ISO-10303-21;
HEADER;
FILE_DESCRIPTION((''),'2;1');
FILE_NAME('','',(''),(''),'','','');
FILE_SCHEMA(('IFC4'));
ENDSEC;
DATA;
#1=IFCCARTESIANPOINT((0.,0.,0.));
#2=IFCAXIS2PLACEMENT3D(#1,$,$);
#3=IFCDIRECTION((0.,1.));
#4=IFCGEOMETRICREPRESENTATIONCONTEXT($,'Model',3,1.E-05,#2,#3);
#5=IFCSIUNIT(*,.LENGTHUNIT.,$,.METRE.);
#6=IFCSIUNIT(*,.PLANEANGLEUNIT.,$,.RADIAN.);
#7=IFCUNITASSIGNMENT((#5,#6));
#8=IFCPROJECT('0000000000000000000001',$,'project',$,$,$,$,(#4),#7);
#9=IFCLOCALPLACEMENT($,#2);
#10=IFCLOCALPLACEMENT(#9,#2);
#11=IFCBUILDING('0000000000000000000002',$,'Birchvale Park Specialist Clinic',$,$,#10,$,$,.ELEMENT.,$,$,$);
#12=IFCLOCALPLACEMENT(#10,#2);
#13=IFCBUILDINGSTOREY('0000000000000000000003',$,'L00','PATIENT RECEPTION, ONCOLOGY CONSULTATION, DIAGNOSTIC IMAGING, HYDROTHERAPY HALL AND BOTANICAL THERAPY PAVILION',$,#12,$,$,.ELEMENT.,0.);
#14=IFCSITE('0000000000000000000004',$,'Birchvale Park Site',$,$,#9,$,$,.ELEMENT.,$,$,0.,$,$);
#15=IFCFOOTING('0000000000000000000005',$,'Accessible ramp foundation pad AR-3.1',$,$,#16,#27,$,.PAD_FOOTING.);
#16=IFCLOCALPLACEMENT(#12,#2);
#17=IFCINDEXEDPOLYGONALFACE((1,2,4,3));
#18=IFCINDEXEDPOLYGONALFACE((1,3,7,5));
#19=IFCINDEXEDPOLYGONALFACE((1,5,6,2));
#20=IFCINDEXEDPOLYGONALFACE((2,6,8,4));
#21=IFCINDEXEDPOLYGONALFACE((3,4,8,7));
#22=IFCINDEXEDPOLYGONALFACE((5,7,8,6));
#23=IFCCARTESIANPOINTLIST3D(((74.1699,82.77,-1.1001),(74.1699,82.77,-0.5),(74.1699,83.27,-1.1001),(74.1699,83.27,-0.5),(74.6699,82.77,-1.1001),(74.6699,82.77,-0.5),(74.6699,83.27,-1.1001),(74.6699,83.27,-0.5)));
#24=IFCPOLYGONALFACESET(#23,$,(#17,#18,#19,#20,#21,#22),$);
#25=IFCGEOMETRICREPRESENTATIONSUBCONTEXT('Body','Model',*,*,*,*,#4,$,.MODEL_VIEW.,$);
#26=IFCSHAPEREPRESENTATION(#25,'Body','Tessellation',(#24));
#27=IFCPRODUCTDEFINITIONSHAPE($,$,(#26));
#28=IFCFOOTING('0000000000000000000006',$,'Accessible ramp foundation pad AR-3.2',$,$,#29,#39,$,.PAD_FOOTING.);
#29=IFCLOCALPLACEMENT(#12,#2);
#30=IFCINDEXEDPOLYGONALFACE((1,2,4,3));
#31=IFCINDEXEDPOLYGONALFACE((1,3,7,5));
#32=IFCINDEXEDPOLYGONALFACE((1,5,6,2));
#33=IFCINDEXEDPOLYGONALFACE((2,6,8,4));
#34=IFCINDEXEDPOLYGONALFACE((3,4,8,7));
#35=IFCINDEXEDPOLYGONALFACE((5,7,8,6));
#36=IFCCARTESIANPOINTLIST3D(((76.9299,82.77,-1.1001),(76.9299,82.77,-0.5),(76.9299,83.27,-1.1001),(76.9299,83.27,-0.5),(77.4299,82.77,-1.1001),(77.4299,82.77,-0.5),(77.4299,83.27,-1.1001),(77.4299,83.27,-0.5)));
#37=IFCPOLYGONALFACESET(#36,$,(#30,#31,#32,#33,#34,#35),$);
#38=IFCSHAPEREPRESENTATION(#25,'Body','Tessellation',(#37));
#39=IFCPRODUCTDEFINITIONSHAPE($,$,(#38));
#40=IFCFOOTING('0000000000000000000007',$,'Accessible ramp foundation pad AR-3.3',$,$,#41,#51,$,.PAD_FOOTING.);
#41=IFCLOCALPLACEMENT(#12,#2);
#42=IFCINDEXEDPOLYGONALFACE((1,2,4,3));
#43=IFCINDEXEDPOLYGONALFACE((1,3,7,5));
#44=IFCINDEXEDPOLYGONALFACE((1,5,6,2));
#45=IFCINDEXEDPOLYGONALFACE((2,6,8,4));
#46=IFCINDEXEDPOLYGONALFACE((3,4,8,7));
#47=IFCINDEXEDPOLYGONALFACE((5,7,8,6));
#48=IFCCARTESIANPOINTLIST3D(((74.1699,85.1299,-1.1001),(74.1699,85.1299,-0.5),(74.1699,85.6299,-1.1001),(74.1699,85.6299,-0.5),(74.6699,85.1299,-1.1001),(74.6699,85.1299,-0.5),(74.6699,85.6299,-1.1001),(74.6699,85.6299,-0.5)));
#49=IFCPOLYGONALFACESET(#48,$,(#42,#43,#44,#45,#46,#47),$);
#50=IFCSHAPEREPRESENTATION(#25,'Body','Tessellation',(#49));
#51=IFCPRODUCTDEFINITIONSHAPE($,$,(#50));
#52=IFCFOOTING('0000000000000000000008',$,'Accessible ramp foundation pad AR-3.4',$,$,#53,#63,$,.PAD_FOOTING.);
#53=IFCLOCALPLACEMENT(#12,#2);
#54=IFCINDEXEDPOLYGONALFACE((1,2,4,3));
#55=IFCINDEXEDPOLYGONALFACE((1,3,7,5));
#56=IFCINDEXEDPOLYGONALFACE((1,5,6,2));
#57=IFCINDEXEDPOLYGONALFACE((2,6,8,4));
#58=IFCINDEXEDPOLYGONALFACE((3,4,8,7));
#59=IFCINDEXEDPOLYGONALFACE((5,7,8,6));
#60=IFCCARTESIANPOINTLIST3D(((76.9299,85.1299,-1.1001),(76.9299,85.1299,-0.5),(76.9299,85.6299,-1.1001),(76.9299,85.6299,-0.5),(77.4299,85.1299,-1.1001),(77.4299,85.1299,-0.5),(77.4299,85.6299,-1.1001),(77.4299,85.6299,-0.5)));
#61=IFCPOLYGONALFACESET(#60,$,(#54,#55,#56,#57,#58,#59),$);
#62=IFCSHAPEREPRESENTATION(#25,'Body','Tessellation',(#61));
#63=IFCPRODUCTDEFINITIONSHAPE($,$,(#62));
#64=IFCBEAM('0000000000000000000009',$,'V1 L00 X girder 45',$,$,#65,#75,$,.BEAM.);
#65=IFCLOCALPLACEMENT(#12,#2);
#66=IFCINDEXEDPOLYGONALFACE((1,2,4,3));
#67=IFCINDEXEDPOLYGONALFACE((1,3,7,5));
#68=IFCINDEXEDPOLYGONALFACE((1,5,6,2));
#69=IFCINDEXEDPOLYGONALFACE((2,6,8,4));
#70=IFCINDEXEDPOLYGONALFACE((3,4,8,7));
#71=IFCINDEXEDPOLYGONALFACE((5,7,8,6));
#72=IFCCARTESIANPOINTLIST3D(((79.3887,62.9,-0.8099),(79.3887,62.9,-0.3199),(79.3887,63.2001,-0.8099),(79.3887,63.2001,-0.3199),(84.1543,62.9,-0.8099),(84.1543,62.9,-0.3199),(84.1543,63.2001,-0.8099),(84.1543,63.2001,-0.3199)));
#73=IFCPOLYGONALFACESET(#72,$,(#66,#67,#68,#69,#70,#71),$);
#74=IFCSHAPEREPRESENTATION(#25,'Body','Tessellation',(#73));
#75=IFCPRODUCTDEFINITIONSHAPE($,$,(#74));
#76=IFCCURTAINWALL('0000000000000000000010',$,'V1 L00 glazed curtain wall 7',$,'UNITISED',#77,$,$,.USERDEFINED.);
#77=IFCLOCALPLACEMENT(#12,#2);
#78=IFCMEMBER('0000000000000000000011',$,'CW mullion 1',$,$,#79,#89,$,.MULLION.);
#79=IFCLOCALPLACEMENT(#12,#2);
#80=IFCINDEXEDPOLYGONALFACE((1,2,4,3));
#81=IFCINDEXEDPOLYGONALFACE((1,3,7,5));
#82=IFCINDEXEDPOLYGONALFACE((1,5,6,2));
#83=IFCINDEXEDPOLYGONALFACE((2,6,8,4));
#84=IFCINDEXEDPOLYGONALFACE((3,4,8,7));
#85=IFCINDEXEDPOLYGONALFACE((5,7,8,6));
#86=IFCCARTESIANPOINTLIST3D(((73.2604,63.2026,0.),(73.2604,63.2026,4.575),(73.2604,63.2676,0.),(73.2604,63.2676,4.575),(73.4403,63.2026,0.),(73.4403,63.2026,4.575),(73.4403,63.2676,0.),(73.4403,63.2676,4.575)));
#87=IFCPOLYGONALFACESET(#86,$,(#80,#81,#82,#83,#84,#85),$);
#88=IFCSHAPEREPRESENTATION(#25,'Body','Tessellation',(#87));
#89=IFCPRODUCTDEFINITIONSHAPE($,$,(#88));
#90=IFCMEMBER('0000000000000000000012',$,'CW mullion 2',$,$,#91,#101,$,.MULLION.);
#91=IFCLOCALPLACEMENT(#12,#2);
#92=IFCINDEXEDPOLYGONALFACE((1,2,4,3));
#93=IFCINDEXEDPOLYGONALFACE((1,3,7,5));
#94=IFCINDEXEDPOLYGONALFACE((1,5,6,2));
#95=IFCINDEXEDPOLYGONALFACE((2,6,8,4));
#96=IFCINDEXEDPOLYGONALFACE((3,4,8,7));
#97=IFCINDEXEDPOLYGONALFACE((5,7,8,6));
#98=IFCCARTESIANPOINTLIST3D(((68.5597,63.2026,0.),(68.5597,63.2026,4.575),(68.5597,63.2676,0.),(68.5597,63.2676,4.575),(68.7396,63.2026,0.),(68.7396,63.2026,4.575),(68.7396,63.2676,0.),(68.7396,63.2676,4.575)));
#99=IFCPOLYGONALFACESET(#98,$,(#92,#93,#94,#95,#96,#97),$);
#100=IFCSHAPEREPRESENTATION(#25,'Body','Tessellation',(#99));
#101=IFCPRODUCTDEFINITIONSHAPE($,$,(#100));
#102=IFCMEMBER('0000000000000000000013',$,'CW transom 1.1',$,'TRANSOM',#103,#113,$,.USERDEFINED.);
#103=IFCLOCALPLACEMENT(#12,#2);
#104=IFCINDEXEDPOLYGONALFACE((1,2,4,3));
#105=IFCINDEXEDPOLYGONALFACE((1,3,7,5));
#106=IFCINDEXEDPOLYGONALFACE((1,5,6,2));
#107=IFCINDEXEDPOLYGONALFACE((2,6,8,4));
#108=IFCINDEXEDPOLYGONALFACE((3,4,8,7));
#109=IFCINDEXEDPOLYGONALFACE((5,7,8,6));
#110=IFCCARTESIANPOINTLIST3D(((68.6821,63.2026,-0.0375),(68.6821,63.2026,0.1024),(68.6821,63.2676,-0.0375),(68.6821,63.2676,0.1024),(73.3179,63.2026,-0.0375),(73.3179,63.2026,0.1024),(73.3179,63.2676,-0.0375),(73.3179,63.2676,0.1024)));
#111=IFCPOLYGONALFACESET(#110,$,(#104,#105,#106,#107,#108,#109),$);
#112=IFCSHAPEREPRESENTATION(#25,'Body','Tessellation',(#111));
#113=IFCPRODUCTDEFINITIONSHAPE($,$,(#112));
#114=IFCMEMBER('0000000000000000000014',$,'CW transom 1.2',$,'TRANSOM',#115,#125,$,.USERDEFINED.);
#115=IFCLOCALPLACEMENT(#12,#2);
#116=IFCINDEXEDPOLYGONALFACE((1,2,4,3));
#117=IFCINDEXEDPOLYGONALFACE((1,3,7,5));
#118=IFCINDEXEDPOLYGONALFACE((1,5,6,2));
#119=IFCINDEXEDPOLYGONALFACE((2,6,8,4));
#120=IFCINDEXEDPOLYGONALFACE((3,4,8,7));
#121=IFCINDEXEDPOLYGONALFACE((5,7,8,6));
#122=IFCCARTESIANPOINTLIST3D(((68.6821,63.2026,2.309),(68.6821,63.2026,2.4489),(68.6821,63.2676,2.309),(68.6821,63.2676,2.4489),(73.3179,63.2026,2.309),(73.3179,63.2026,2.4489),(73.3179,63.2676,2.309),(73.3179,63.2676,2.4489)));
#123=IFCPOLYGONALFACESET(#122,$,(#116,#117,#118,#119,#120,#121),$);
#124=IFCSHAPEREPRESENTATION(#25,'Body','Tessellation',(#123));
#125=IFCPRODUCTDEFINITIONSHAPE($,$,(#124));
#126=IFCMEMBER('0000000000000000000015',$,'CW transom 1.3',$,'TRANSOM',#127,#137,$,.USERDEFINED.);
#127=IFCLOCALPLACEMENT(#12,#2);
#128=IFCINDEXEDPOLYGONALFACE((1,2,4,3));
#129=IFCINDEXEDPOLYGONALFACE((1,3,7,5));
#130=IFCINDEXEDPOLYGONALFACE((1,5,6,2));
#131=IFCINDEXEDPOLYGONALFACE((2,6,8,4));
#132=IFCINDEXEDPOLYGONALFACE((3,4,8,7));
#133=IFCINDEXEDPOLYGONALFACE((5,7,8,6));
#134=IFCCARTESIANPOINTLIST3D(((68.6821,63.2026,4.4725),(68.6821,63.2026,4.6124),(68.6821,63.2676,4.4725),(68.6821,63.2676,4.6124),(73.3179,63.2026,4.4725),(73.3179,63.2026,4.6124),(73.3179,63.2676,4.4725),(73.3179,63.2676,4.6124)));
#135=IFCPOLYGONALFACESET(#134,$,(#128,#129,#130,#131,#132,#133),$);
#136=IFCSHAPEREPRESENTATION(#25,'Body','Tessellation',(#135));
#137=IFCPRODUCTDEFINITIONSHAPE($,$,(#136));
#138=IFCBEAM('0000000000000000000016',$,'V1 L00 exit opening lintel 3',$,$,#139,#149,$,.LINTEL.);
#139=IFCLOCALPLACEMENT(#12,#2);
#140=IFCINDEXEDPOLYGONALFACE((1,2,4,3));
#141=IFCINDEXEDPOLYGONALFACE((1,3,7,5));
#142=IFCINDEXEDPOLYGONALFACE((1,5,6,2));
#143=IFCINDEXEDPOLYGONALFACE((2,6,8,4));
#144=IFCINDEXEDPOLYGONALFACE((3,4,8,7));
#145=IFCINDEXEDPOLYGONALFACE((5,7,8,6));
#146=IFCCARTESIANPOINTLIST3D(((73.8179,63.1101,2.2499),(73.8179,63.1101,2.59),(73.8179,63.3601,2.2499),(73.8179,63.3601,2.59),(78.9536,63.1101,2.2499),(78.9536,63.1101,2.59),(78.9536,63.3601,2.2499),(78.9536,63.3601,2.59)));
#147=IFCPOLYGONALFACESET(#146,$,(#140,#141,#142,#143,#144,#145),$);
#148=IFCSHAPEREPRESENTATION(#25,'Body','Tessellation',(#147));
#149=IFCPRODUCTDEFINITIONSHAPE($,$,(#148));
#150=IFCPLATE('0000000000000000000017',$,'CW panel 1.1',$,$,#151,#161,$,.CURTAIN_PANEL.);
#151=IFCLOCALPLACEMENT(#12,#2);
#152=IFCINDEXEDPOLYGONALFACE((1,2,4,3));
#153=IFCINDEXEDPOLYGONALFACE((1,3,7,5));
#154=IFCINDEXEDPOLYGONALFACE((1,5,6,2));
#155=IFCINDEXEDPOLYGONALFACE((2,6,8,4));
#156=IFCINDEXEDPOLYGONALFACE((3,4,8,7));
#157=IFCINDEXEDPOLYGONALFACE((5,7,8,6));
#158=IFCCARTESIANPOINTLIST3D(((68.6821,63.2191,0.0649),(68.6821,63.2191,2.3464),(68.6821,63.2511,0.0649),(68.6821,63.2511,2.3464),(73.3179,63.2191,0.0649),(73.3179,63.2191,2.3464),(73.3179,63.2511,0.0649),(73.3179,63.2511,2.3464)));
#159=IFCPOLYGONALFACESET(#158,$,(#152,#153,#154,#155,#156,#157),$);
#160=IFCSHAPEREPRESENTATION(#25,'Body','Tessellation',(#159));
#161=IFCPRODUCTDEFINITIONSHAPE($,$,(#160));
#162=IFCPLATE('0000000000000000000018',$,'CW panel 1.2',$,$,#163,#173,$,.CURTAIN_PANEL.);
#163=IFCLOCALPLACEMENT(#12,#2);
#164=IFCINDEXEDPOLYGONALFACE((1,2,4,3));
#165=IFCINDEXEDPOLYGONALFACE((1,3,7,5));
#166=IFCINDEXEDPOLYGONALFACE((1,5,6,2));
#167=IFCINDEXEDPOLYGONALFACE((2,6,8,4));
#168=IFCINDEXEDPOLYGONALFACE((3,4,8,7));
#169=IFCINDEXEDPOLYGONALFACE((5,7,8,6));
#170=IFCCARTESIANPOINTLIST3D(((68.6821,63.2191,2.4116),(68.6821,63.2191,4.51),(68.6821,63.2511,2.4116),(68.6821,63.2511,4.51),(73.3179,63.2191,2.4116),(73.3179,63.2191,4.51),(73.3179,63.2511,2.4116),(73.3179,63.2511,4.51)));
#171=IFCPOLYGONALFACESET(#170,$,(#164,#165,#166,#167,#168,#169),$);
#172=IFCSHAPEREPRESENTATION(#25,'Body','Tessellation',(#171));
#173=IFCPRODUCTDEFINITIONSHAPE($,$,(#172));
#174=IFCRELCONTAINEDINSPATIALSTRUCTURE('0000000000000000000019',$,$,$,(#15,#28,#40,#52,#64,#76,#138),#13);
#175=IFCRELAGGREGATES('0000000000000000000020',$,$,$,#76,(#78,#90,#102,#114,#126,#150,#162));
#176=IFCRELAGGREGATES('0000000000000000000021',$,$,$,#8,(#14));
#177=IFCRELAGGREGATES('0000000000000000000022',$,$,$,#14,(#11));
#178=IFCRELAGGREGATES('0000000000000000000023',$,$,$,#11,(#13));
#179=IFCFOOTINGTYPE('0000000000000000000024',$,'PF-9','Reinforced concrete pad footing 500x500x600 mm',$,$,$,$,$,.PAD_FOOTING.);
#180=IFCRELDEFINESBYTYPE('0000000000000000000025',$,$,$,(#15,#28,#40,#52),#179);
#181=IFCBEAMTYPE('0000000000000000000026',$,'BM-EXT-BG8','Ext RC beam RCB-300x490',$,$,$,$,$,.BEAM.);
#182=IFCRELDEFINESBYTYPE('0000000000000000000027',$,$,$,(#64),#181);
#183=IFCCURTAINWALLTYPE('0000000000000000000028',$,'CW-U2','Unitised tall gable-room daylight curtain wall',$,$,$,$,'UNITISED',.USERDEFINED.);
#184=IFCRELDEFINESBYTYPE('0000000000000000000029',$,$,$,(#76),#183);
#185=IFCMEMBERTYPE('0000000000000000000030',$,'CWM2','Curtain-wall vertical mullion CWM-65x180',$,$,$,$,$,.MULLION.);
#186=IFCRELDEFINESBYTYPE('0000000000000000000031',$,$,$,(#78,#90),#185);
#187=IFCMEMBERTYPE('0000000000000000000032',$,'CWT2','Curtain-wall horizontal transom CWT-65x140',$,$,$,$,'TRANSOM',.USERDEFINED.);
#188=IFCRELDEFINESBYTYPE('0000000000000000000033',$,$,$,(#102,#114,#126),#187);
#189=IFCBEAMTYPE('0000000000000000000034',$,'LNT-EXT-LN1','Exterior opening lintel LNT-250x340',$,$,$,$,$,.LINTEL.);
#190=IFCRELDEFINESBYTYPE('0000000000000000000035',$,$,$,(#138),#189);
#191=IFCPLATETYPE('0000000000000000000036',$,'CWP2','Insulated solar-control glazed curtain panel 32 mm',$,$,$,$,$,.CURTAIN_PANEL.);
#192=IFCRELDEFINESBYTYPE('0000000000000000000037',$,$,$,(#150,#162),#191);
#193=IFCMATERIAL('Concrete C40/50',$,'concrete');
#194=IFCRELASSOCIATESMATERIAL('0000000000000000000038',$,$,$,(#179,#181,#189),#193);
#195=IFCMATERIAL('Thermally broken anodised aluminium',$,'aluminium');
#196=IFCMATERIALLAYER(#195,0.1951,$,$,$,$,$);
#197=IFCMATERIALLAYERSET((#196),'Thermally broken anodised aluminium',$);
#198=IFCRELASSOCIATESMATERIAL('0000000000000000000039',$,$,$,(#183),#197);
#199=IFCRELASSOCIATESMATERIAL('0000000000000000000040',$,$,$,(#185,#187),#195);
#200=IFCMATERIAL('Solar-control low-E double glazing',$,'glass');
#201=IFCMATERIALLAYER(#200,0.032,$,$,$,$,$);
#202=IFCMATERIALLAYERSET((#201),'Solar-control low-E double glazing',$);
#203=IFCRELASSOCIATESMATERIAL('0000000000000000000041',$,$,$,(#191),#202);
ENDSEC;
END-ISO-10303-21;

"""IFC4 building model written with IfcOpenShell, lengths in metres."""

from ifc_helpers import new_model, si_unit, direction, frame, origin, origin_2d, place, context, subcontext, project, spatial, rectangle, extrude, material, layer, layer_set, material_profile, profile_set, type_object, element, aggregate, save


model = new_model("IFC4")

# Units and contexts
model_context = context("Model", 3, precision=1e-05, world=origin(), true_north=direction((0.0, 1.0)))
body_context = subcontext(model_context, "Body", "Model", "MODEL_VIEW")
ifc_project = project(units=[si_unit("LENGTHUNIT", "METRE"), si_unit("PLANEANGLEUNIT", "RADIAN")], contexts=[model_context])

# Site, building, storey
site_placement = place(None, origin())
site = spatial("IfcSite", under=ifc_project, at=site_placement, Name="Birchvale Park Site", CompositionType="ELEMENT", RefElevation=0.0)
building_placement = place(site_placement, origin())
building = spatial("IfcBuilding", under=site, at=building_placement, Name="Birchvale Park Specialist Clinic", CompositionType="ELEMENT")
storey_placement = place(building_placement, origin())
storey = spatial("IfcBuildingStorey", under=building, at=storey_placement, Name="L00", Description="PATIENT RECEPTION, ONCOLOGY CONSULTATION, DIAGNOSTIC IMAGING, HYDROTHERAPY HALL AND BOTANICAL THERAPY PAVILION", CompositionType="ELEMENT", Elevation=0.0)

# Footings
ifc_material_1 = material(Name="Concrete C40/50", Category="concrete")
footing_type = type_object("IfcFootingType", Name="PF-9", Description="Reinforced concrete pad footing 500x500x600 mm", PredefinedType="PAD_FOOTING", material=ifc_material_1)
for number, where, z_axis, x_axis, name in (
    (1, (74.4199, 83.02, -1.1001), (0.0, 0.0, 1.0), (1.0, 0.0, 0.0), "Accessible ramp foundation pad AR-3.1"),
    (2, (77.1799, 83.02, -1.1001), (0.0, 0.0, 1.0), (1.0, 0.0, 0.0), "Accessible ramp foundation pad AR-3.2"),
    (3, (74.4199, 85.3799, -1.1001), (0.0, 0.0, 1.0), (1.0, 0.0, 0.0), "Accessible ramp foundation pad AR-3.3"),
    (4, (77.1799, 85.3799, -1.1001), (0.0, 0.0, 1.0), (1.0, 0.0, 0.0), "Accessible ramp foundation pad AR-3.4"),
):
    element("IfcFooting", number, at=place(storey_placement, frame(where, z_axis=z_axis, x_axis=x_axis)), inside=storey, type_object=footing_type, Name=name, PredefinedType="PAD_FOOTING", context=body_context, shape_type="SweptSolid", body=[
        extrude(rectangle(XDim=0.5, YDim=0.5, at=origin_2d()), origin(), (0.0, 0.0, 1.0), 0.6001),
    ])

# Beam
ifc_material_profile_1 = material_profile(ifc_material_1, rectangle(XDim=0.3, YDim=0.49, at=origin_2d()), Name="RCB-300x490")
ifc_profile_set_1 = profile_set([ifc_material_profile_1], Name="Concrete C40/50")
beam_type_1 = type_object("IfcBeamType", Name="BM-EXT-BG8", Description="Ext RC beam RCB-300x490", PredefinedType="BEAM", material=ifc_profile_set_1)
beam_1_placement = place(storey_placement, frame((79.3887, 63.05, -0.5649), z_axis=(1.0, 0.0, 0.0), x_axis=(0.0, 1.0, 0.0)))
element("IfcBeam", 5, at=beam_1_placement, inside=storey, type_object=beam_type_1, Name="V1 L00 X girder 45", PredefinedType="BEAM", context=body_context, shape_type="SweptSolid", body=[
    extrude(rectangle(XDim=0.3, YDim=0.49, at=origin_2d()), origin(), (0.0, 0.0, 1.0), 4.7656),
])

# Curtain wall, members
ifc_material_2 = material(Name="Thermally broken anodised aluminium", Category="aluminium")
ifc_layer_1 = layer(ifc_material_2, 0.1951)
ifc_layer_set_1 = layer_set([ifc_layer_1], Name="Thermally broken anodised aluminium")
curtain_wall_type = type_object("IfcCurtainWallType", Name="CW-U2", Description="Unitised tall gable-room daylight curtain wall", ElementType="UNITISED", PredefinedType="USERDEFINED", material=ifc_layer_set_1)
curtain_wall_placement = place(storey_placement, origin())
curtain_wall = element("IfcCurtainWall", 6, at=curtain_wall_placement, inside=storey, type_object=curtain_wall_type, Name="V1 L00 glazed curtain wall 7", ObjectType="UNITISED", PredefinedType="USERDEFINED")
ifc_material_profile_2 = material_profile(ifc_material_2, rectangle(XDim=0.0649, YDim=0.1799, at=origin_2d()), Name="CWM-65x180")
ifc_profile_set_2 = profile_set([ifc_material_profile_2], Name="Thermally broken anodised aluminium")
member_type_1 = type_object("IfcMemberType", Name="CWM2", Description="Curtain-wall vertical mullion CWM-65x180", PredefinedType="MULLION", material=ifc_profile_set_2)
member_1_placement = place(storey_placement, frame((73.3503, 63.2351, 0.0), z_axis=(0.0, 0.0, 1.0), x_axis=(0.0, -1.0, 0.0)))
member_1 = element("IfcMember", 7, at=member_1_placement, type_object=member_type_1, Name="CW mullion 1", PredefinedType="MULLION", context=body_context, shape_type="SweptSolid", body=[
    extrude(rectangle(XDim=0.0649, YDim=0.1799, at=origin_2d()), origin(), (0.0, 0.0, 1.0), 4.575),
])
member_2_placement = place(storey_placement, frame((68.6497, 63.2351, 0.0), z_axis=(0.0, 0.0, 1.0), x_axis=(0.0, -1.0, 0.0)))
member_2 = element("IfcMember", 8, at=member_2_placement, type_object=member_type_1, Name="CW mullion 2", PredefinedType="MULLION", context=body_context, shape_type="SweptSolid", body=[
    extrude(rectangle(XDim=0.0649, YDim=0.1799, at=origin_2d()), origin(), (0.0, 0.0, 1.0), 4.575),
])
ifc_material_profile_3 = material_profile(ifc_material_2, rectangle(XDim=0.0649, YDim=0.1399, at=origin_2d()), Name="CWT-65x140")
ifc_profile_set_3 = profile_set([ifc_material_profile_3], Name="Thermally broken anodised aluminium")
member_type_2 = type_object("IfcMemberType", Name="CWT2", Description="Curtain-wall horizontal transom CWT-65x140", ElementType="TRANSOM", PredefinedType="USERDEFINED", material=ifc_profile_set_3)
member_3_placement = place(storey_placement, frame((73.3179, 63.2351, 0.0325), z_axis=(-1.0, 0.0, 0.0), x_axis=(0.0, -1.0, 0.0)))
member_3 = element("IfcMember", 9, at=member_3_placement, type_object=member_type_2, Name="CW transom 1.1", ObjectType="TRANSOM", PredefinedType="USERDEFINED", context=body_context, shape_type="SweptSolid", body=[
    extrude(rectangle(XDim=0.0649, YDim=0.1399, at=origin_2d()), origin(), (0.0, 0.0, 1.0), 4.6357),
])
member_4_placement = place(storey_placement, frame((73.3179, 63.2351, 2.3789), z_axis=(-1.0, 0.0, 0.0), x_axis=(0.0, -1.0, 0.0)))
member_4 = element("IfcMember", 10, at=member_4_placement, type_object=member_type_2, Name="CW transom 1.2", ObjectType="TRANSOM", PredefinedType="USERDEFINED", context=body_context, shape_type="SweptSolid", body=[
    extrude(rectangle(XDim=0.0649, YDim=0.1399, at=origin_2d()), origin(), (0.0, 0.0, 1.0), 4.6357),
])
member_5_placement = place(storey_placement, frame((73.3179, 63.2351, 4.5425), z_axis=(-1.0, 0.0, 0.0), x_axis=(0.0, -1.0, 0.0)))
member_5 = element("IfcMember", 11, at=member_5_placement, type_object=member_type_2, Name="CW transom 1.3", ObjectType="TRANSOM", PredefinedType="USERDEFINED", context=body_context, shape_type="SweptSolid", body=[
    extrude(rectangle(XDim=0.0649, YDim=0.1399, at=origin_2d()), origin(), (0.0, 0.0, 1.0), 4.6357),
])

# Beam
ifc_material_profile_4 = material_profile(ifc_material_1, rectangle(XDim=0.25, YDim=0.3401, at=origin_2d()), Name="LNT-250x340")
ifc_profile_set_4 = profile_set([ifc_material_profile_4], Name="Concrete C40/50")
beam_type_2 = type_object("IfcBeamType", Name="LNT-EXT-LN1", Description="Exterior opening lintel LNT-250x340", PredefinedType="LINTEL", material=ifc_profile_set_4)
beam_2_placement = place(storey_placement, frame((78.9536, 63.2351, 2.4199), z_axis=(-1.0, 0.0, 0.0), x_axis=(0.0, -1.0, 0.0)))
element("IfcBeam", 12, at=beam_2_placement, inside=storey, type_object=beam_type_2, Name="V1 L00 exit opening lintel 3", PredefinedType="LINTEL", context=body_context, shape_type="SweptSolid", body=[
    extrude(rectangle(XDim=0.25, YDim=0.3401, at=origin_2d()), origin(), (0.0, 0.0, 1.0), 5.1357),
])

# Plates
ifc_material_3 = material(Name="Solar-control low-E double glazing", Category="glass")
ifc_layer_2 = layer(ifc_material_3, 0.032)
ifc_layer_set_2 = layer_set([ifc_layer_2], Name="Solar-control low-E double glazing")
plate_type = type_object("IfcPlateType", Name="CWP2", Description="Insulated solar-control glazed curtain panel 32 mm", PredefinedType="CURTAIN_PANEL", material=ifc_layer_set_2)
plate_1_placement = place(storey_placement, frame((71.0, 63.2351, 0.0649), z_axis=(0.0, 0.0, 1.0), x_axis=(-1.0, 0.0, 0.0)))
plate_1 = element("IfcPlate", 13, at=plate_1_placement, type_object=plate_type, Name="CW panel 1.1", PredefinedType="CURTAIN_PANEL", context=body_context, shape_type="SweptSolid", body=[
    extrude(rectangle(XDim=4.6357, YDim=0.032, at=origin_2d()), origin(), (0.0, 0.0, 1.0), 2.2815),
])
plate_2_placement = place(storey_placement, frame((71.0, 63.2351, 2.4116), z_axis=(0.0, 0.0, 1.0), x_axis=(-1.0, 0.0, 0.0)))
plate_2 = element("IfcPlate", 14, at=plate_2_placement, type_object=plate_type, Name="CW panel 1.2", PredefinedType="CURTAIN_PANEL", context=body_context, shape_type="SweptSolid", body=[
    extrude(rectangle(XDim=4.6357, YDim=0.032, at=origin_2d()), origin(), (0.0, 0.0, 1.0), 2.0984),
])
aggregate(curtain_wall, [member_1, member_2, member_3, member_4, member_5, plate_1, plate_2])

save(model, "model.ifc")
